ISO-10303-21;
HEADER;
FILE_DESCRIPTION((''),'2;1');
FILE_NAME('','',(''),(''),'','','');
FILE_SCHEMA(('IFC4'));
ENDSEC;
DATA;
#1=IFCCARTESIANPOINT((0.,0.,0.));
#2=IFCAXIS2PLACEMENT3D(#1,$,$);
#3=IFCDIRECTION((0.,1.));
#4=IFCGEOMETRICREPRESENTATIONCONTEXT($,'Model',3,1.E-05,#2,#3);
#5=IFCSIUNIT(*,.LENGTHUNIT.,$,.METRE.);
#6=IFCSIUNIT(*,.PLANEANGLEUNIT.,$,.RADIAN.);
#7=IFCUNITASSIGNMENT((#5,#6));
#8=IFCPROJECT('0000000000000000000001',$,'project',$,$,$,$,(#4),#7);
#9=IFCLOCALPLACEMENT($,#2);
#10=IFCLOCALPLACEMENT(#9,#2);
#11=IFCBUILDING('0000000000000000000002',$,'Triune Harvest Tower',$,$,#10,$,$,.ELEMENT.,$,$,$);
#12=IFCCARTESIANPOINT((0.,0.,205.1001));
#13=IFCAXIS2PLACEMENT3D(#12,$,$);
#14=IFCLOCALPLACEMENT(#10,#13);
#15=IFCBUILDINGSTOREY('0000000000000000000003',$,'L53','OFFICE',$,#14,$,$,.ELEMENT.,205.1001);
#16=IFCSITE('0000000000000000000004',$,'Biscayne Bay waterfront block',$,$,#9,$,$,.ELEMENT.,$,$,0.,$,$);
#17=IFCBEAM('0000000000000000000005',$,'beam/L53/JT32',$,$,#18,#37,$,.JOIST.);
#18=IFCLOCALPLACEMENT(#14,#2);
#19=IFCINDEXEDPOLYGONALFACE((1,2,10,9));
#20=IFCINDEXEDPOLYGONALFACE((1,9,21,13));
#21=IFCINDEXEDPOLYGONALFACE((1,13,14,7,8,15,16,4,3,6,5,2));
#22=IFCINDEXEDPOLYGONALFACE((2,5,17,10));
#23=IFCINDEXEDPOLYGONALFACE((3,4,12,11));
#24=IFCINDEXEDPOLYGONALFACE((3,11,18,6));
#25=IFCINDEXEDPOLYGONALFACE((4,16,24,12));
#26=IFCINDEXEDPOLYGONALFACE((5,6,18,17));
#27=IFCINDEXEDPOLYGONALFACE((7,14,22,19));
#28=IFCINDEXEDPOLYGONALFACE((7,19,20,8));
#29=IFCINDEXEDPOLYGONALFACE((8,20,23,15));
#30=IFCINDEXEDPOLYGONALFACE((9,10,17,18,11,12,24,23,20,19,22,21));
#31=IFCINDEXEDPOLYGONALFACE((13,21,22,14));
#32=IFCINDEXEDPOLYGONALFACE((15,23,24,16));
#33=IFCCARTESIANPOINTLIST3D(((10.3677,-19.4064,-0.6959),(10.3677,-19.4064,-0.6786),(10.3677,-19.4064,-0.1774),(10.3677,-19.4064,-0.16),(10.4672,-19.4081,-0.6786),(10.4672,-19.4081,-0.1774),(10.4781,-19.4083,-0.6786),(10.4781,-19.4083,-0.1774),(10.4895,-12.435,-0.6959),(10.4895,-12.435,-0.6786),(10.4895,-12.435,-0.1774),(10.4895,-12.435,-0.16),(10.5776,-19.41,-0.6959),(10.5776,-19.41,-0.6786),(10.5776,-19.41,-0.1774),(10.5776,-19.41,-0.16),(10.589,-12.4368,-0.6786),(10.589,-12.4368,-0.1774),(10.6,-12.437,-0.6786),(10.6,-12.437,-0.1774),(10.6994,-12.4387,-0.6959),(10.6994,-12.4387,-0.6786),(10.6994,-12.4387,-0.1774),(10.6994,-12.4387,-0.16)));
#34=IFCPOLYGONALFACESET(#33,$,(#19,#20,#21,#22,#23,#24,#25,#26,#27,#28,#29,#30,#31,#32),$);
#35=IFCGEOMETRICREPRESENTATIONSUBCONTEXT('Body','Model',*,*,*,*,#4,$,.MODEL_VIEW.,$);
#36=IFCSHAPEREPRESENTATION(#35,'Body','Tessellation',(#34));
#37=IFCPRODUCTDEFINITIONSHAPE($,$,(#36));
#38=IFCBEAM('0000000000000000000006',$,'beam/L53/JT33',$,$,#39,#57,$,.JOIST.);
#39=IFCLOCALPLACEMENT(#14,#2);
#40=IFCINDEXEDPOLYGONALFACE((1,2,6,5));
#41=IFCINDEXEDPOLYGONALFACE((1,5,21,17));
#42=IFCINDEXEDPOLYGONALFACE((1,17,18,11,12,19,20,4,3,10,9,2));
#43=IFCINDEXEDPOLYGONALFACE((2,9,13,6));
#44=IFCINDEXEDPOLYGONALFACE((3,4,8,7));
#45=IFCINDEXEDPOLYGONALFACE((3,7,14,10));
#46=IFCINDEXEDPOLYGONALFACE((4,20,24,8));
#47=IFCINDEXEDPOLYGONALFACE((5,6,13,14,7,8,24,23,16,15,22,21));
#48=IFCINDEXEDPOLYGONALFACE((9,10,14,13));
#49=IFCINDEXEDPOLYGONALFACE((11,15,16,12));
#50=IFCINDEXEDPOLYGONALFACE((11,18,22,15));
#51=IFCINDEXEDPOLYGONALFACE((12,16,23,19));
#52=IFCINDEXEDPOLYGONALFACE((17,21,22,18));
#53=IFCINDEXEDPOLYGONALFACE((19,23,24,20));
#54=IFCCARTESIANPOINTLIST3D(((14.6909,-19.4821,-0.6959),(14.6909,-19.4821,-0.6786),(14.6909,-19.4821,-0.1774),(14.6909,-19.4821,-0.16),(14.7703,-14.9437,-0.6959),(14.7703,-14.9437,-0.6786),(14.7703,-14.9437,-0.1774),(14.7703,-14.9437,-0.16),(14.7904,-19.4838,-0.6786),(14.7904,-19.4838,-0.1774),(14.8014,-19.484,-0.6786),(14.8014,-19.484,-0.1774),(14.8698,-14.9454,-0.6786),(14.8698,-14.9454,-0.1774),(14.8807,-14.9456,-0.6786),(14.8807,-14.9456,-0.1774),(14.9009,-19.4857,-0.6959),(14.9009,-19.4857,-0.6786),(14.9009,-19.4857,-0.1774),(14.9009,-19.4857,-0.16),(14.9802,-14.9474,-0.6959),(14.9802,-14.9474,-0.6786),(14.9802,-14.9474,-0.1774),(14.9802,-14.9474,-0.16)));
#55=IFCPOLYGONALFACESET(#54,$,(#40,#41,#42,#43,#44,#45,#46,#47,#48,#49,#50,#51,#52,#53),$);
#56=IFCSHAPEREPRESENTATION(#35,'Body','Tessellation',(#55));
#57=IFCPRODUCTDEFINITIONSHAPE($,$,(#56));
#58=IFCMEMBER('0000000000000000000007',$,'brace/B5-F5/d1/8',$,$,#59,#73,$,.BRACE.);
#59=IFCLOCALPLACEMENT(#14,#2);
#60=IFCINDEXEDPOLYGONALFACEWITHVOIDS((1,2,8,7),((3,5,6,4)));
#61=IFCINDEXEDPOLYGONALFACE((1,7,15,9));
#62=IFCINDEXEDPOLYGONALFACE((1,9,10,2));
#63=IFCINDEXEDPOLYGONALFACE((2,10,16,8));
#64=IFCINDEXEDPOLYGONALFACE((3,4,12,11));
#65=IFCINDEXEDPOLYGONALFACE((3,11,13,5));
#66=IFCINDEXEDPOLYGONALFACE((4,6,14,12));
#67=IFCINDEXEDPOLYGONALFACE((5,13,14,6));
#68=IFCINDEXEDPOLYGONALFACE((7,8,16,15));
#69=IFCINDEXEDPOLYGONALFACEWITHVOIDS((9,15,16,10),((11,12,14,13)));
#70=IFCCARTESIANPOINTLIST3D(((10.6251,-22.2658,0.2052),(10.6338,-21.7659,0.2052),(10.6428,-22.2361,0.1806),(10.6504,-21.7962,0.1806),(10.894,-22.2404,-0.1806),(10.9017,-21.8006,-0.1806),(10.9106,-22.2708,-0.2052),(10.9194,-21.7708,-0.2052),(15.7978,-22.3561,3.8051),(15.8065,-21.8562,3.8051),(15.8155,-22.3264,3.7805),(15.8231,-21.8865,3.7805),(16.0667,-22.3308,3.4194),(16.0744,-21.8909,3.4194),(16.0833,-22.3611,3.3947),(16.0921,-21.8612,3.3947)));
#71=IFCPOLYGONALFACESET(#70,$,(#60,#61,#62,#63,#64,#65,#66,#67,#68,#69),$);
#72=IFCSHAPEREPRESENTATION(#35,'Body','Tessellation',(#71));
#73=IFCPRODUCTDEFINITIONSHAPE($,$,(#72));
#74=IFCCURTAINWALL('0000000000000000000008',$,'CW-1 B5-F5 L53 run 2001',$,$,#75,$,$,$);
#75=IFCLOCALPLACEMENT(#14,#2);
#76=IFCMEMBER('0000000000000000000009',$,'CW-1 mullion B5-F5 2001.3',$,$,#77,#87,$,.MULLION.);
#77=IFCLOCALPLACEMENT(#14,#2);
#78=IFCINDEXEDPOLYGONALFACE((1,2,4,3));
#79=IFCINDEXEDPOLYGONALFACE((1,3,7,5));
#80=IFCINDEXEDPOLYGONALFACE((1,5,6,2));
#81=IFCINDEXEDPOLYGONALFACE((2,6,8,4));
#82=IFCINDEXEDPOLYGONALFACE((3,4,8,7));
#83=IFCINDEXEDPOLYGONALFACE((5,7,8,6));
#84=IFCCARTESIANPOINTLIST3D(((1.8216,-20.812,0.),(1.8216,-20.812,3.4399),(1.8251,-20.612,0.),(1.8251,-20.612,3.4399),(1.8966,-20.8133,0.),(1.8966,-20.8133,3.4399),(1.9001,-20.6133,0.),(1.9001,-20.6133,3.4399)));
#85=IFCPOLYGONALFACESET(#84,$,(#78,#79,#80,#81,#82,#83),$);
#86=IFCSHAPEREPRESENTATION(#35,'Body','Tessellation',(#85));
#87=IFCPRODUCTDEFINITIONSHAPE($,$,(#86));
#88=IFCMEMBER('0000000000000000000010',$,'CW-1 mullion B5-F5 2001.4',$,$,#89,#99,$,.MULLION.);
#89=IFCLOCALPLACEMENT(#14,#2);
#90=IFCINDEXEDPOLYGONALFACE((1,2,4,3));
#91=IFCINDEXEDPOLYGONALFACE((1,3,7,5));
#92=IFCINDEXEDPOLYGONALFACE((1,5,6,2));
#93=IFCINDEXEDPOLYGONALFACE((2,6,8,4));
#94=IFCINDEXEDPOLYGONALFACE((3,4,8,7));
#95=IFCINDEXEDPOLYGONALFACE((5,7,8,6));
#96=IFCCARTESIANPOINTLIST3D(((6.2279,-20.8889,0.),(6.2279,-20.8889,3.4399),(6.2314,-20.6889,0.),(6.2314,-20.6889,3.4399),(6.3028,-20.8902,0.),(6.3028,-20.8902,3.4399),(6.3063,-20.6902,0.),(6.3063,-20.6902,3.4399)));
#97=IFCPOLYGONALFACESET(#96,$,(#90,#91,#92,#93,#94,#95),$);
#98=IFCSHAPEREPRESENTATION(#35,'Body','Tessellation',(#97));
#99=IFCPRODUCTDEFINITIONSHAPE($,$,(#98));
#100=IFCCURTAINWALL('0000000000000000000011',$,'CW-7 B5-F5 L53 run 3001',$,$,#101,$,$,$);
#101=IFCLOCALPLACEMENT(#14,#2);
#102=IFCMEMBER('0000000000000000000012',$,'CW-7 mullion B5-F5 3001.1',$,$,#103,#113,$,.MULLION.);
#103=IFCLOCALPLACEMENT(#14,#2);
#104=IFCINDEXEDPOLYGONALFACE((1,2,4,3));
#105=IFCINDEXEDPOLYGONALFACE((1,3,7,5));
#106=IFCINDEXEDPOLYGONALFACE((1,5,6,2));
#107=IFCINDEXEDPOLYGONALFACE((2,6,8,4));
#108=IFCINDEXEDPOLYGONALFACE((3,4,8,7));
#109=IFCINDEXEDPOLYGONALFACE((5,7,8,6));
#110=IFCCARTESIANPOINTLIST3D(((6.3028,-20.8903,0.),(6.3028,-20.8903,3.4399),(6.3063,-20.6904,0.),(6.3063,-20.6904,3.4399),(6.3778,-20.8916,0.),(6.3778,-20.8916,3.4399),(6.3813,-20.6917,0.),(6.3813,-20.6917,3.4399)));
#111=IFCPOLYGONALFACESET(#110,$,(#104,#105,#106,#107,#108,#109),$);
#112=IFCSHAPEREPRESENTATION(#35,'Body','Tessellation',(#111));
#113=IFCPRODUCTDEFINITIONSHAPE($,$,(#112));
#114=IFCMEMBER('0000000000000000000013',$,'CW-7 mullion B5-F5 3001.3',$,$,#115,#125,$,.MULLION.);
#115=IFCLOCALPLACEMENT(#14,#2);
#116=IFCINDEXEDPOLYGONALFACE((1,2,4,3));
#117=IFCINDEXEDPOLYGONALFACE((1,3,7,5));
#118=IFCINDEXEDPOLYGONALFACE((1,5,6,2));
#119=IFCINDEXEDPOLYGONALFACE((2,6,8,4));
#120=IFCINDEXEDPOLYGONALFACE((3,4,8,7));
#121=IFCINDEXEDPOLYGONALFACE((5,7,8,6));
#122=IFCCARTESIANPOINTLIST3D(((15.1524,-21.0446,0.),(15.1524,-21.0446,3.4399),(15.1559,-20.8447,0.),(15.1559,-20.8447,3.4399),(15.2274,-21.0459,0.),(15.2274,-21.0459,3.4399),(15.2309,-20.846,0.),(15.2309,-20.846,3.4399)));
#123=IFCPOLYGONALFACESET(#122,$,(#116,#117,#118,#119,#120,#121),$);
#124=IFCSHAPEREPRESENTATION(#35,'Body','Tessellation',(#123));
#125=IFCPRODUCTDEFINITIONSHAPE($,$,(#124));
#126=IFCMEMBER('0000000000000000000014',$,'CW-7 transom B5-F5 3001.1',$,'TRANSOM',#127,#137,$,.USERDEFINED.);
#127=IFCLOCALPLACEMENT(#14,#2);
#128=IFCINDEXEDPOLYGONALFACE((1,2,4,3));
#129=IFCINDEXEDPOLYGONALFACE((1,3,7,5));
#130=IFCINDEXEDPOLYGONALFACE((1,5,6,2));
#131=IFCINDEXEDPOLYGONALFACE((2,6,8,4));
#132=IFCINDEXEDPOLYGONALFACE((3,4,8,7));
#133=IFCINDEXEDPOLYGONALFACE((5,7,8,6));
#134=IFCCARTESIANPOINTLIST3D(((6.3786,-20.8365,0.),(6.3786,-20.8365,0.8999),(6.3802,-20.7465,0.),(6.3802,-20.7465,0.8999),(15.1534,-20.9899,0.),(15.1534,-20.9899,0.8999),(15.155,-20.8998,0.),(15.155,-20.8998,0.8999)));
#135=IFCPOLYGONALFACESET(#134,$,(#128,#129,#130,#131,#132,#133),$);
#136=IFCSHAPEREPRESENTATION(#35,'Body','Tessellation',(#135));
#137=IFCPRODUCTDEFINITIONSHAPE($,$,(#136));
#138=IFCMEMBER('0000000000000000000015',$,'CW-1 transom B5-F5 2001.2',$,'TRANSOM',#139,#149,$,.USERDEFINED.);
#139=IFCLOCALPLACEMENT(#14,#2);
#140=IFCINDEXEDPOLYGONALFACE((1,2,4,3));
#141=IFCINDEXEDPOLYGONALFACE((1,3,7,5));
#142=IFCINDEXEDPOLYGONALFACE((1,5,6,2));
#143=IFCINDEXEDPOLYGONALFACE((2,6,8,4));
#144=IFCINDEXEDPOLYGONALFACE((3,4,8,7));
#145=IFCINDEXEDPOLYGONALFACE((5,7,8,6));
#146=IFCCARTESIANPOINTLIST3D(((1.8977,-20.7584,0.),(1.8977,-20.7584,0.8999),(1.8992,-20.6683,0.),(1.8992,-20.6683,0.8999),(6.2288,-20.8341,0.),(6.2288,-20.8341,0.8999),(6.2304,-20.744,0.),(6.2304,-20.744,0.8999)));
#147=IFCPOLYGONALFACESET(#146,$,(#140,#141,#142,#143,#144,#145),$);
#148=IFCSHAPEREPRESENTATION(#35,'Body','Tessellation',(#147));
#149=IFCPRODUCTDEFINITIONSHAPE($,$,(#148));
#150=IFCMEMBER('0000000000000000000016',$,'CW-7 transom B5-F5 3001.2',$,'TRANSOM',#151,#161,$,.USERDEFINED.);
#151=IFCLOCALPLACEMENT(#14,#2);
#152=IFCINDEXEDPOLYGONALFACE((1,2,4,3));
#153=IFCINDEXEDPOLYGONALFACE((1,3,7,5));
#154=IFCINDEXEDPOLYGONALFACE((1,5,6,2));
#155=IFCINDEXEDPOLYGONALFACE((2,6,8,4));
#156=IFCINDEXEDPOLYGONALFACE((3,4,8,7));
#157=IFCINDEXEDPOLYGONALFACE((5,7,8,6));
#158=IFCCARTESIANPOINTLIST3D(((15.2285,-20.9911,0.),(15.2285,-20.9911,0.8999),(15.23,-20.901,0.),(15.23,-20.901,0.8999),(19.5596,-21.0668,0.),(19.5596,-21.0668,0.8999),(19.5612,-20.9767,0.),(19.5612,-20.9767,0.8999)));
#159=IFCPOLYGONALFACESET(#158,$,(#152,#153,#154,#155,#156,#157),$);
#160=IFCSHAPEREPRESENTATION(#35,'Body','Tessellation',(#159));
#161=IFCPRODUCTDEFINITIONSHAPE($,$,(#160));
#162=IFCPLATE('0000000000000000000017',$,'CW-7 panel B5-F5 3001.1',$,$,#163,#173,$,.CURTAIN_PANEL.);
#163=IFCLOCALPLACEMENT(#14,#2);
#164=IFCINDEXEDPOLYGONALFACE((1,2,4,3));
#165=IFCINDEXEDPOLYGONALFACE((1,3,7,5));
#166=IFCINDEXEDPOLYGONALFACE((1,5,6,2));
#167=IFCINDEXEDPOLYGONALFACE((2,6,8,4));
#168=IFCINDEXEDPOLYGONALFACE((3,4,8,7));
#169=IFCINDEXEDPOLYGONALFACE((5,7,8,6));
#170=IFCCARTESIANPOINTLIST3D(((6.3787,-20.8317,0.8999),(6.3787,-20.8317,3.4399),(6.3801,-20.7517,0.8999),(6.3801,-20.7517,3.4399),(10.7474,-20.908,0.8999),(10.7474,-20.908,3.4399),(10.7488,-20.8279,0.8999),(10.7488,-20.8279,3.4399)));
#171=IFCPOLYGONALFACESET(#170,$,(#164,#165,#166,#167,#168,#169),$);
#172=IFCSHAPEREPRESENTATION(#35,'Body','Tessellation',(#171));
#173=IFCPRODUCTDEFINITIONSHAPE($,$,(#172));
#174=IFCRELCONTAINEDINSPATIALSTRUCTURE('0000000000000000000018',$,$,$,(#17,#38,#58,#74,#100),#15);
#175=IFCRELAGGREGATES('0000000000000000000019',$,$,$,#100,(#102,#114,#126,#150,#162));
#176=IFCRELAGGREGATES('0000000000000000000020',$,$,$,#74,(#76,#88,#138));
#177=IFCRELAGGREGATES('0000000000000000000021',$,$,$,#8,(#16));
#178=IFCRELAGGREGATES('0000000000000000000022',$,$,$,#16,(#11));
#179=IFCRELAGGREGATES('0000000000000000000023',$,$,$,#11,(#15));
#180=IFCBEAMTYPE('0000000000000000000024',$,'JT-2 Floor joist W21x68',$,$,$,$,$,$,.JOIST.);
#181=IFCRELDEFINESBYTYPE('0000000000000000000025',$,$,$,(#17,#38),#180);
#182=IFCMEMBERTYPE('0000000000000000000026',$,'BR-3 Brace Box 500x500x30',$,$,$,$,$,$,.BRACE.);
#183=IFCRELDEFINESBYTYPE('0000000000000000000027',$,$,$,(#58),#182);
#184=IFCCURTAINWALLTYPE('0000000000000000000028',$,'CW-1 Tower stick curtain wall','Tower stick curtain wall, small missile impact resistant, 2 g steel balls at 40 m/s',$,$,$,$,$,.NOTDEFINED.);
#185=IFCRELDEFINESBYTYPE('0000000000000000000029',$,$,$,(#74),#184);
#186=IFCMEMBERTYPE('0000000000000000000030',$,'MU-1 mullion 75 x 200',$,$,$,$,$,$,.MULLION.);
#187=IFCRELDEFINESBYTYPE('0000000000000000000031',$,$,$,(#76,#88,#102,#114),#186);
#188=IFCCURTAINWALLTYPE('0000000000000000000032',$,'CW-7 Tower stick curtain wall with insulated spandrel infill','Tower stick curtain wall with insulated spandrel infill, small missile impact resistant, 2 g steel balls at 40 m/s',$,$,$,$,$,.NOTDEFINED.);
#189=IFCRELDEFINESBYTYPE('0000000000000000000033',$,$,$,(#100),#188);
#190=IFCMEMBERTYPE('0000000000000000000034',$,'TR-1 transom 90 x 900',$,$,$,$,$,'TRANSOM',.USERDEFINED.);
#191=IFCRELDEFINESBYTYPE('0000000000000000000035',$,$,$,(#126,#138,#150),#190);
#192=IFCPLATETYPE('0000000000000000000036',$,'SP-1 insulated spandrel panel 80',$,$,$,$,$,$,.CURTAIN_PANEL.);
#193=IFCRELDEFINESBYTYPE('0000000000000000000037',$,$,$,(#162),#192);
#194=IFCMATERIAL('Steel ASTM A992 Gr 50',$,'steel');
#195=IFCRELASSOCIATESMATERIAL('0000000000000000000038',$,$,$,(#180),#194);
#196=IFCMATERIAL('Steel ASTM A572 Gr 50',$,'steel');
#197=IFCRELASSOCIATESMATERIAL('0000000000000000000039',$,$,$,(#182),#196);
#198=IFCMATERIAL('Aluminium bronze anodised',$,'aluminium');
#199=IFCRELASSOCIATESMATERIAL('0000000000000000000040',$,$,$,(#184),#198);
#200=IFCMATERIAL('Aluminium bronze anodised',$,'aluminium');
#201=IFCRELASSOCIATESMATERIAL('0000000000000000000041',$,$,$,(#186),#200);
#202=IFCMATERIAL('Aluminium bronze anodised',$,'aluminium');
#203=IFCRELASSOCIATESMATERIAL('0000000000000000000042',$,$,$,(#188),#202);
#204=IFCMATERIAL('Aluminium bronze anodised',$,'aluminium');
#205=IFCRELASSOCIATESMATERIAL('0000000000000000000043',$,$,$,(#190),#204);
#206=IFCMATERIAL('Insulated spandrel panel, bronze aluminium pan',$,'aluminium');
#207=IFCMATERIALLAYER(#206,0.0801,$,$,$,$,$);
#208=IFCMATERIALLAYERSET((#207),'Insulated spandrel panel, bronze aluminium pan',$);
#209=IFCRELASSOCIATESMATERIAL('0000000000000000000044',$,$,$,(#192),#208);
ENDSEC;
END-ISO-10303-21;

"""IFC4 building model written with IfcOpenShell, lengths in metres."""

from ifc_helpers import new_model, si_unit, direction, frame, origin, origin_2d, place, context, subcontext, project, spatial, rectangle, hollow_rectangle, i_section, extrude, source, transform, mapped, material, layer, layer_set, material_profile, profile_set, type_object, element, aggregate, save


model = new_model("IFC4")

# Units and contexts
model_context = context("Model", 3, precision=1e-05, world=origin(), true_north=direction((0.0, 1.0)))
body_context = subcontext(model_context, "Body", "Model", "MODEL_VIEW")
ifc_project = project(units=[si_unit("LENGTHUNIT", "METRE"), si_unit("PLANEANGLEUNIT", "RADIAN")], contexts=[model_context])

# Site, building, storey
site_placement = place(None, origin())
site = spatial("IfcSite", under=ifc_project, at=site_placement, Name="Biscayne Bay waterfront block", CompositionType="ELEMENT", RefElevation=0.0)
building_placement = place(site_placement, origin())
building = spatial("IfcBuilding", under=site, at=building_placement, Name="Triune Harvest Tower", CompositionType="ELEMENT")
storey_placement = place(building_placement, frame((0.0, 0.0, 205.1001)))
storey = spatial("IfcBuildingStorey", under=building, at=storey_placement, Name="L53", Description="OFFICE", CompositionType="ELEMENT", Elevation=205.1001)

# Beams
ifc_material_1 = material(Name="Steel ASTM A992 Gr 50", Category="steel")
ifc_material_profile_1 = material_profile(ifc_material_1, i_section(OverallWidth=0.21, OverallDepth=0.5359, WebThickness=0.011, FlangeThickness=0.0173, at=origin_2d()), Name="W21x68")
ifc_profile_set_1 = profile_set([ifc_material_profile_1], Name="Steel ASTM A992 Gr 50")
beam_type_1 = type_object("IfcBeamType", Name="JT-2 Floor joist W21x68", PredefinedType="JOIST", material=ifc_profile_set_1)
shared_shape_1 = source(origin(), body_context, "Body", "SweptSolid", [
    extrude(i_section(OverallWidth=0.21, OverallDepth=0.5359, WebThickness=0.011, FlangeThickness=0.0173, at=origin_2d()), origin(), (0.0, 0.0, 1.0), 6.9724),
])
beam_1_placement = place(storey_placement, frame((10.4727, -19.4082, -0.428), z_axis=(0.017472, 0.999847, 0.0), x_axis=(-0.999847, 0.017472, 0.0)))
element("IfcBeam", 1, at=beam_1_placement, inside=storey, type_object=beam_type_1, Name="beam/L53/JT32", PredefinedType="JOIST", context=body_context, shape_type="MappedRepresentation", body=[
    mapped(shared_shape_1, transform((0.0, 0.0, 0.0), scale=1.0)),
])
shared_shape_2 = source(origin(), body_context, "Body", "SweptSolid", [
    extrude(i_section(OverallWidth=0.21, OverallDepth=0.5359, WebThickness=0.011, FlangeThickness=0.0173, at=origin_2d()), origin(), (0.0, 0.0, 1.0), 4.5391),
])
beam_2_placement = place(storey_placement, frame((14.7959, -19.4839, -0.428), z_axis=(0.017481, 0.999847, 0.0), x_axis=(-0.999847, 0.017481, 0.0)))
element("IfcBeam", 2, at=beam_2_placement, inside=storey, type_object=beam_type_1, Name="beam/L53/JT33", PredefinedType="JOIST", context=body_context, shape_type="MappedRepresentation", body=[
    mapped(shared_shape_2, transform((0.0, 0.0, 0.0), scale=1.0)),
])

# Member
ifc_material_2 = material(Name="Steel ASTM A572 Gr 50", Category="steel")
ifc_material_profile_2 = material_profile(ifc_material_2, hollow_rectangle(XDim=0.5, YDim=0.5, WallThickness=0.03, at=origin_2d()), Name="Box 500x500x30")
ifc_profile_set_2 = profile_set([ifc_material_profile_2], Name="Steel ASTM A572 Gr 50")
member_type_1 = type_object("IfcMemberType", Name="BR-3 Brace Box 500x500x30", PredefinedType="BRACE", material=ifc_profile_set_2)
shared_shape_3 = source(origin(), body_context, "Body", "SweptSolid", [
    extrude(hollow_rectangle(XDim=0.5, YDim=0.5, WallThickness=0.03, at=origin_2d()), origin(), (0.0, 0.0, 1.0), 6.3027),
])
member_1_placement = place(storey_placement, frame((10.7722, -22.0183, 0.0), z_axis=(0.820708, -0.014332, 0.571168), x_axis=(0.017461, 0.999848, 0.0)))
element("IfcMember", 3, at=member_1_placement, inside=storey, type_object=member_type_1, Name="brace/B5-F5/d1/8", PredefinedType="BRACE", context=body_context, shape_type="MappedRepresentation", body=[
    mapped(shared_shape_3, transform((0.0, 0.0, 0.0), scale=1.0)),
])

# Curtain walls, members
ifc_material_3 = material(Name="Aluminium bronze anodised", Category="aluminium")
curtain_wall_type_1 = type_object("IfcCurtainWallType", Name="CW-1 Tower stick curtain wall", Description="Tower stick curtain wall, small missile impact resistant, 2 g steel balls at 40 m/s", PredefinedType="NOTDEFINED", material=ifc_material_3)
curtain_wall_1_placement = place(storey_placement, origin())
curtain_wall_1 = element("IfcCurtainWall", 4, at=curtain_wall_1_placement, inside=storey, type_object=curtain_wall_type_1, Name="CW-1 B5-F5 L53 run 2001")
ifc_material_4 = material(Name="Aluminium bronze anodised", Category="aluminium")
ifc_material_profile_3 = material_profile(ifc_material_4, rectangle(XDim=0.2, YDim=0.075, at=origin_2d()), Name="MU-1 mullion 75 x 200")
ifc_profile_set_3 = profile_set([ifc_material_profile_3], Name="Aluminium bronze anodised")
member_type_2 = type_object("IfcMemberType", Name="MU-1 mullion 75 x 200", PredefinedType="MULLION", material=ifc_profile_set_3)
shared_shape_4 = source(origin(), body_context, "Body", "SweptSolid", [
    extrude(rectangle(XDim=0.2, YDim=0.075, at=origin_2d()), origin(), (0.0, 0.0, 1.0), 3.4399),
])
member_2_placement = place(storey_placement, frame((1.8608, -20.7126, 0.0), z_axis=(0.0, 0.0, 1.0), x_axis=(0.017453, 0.999848, 0.0)))
member_2 = element("IfcMember", 5, at=member_2_placement, type_object=member_type_2, Name="CW-1 mullion B5-F5 2001.3", PredefinedType="MULLION", context=body_context, shape_type="MappedRepresentation", body=[
    mapped(shared_shape_4, transform((0.0, 0.0, 0.0), scale=1.0)),
])
member_3_placement = place(storey_placement, frame((6.2671, -20.7896, 0.0), z_axis=(0.0, 0.0, 1.0), x_axis=(0.017453, 0.999848, 0.0)))
member_3 = element("IfcMember", 6, at=member_3_placement, type_object=member_type_2, Name="CW-1 mullion B5-F5 2001.4", PredefinedType="MULLION", context=body_context, shape_type="MappedRepresentation", body=[
    mapped(shared_shape_4, transform((0.0, 0.0, 0.0), scale=1.0)),
])
ifc_material_5 = material(Name="Aluminium bronze anodised", Category="aluminium")
curtain_wall_type_2 = type_object("IfcCurtainWallType", Name="CW-7 Tower stick curtain wall with insulated spandrel infill", Description="Tower stick curtain wall with insulated spandrel infill, small missile impact resistant, 2 g steel balls at 40 m/s", PredefinedType="NOTDEFINED", material=ifc_material_5)
curtain_wall_2_placement = place(storey_placement, origin())
curtain_wall_2 = element("IfcCurtainWall", 7, at=curtain_wall_2_placement, inside=storey, type_object=curtain_wall_type_2, Name="CW-7 B5-F5 L53 run 3001")
member_4_placement = place(storey_placement, frame((6.342, -20.791, 0.0), z_axis=(0.0, 0.0, 1.0), x_axis=(0.017453, 0.999848, 0.0)))
member_4 = element("IfcMember", 8, at=member_4_placement, type_object=member_type_2, Name="CW-7 mullion B5-F5 3001.1", PredefinedType="MULLION", context=body_context, shape_type="MappedRepresentation", body=[
    mapped(shared_shape_4, transform((0.0, 0.0, 0.0), scale=1.0)),
])
member_5_placement = place(storey_placement, frame((15.1917, -20.9453, 0.0), z_axis=(0.0, 0.0, 1.0), x_axis=(0.017453, 0.999848, 0.0)))
member_5 = element("IfcMember", 9, at=member_5_placement, type_object=member_type_2, Name="CW-7 mullion B5-F5 3001.3", PredefinedType="MULLION", context=body_context, shape_type="MappedRepresentation", body=[
    mapped(shared_shape_4, transform((0.0, 0.0, 0.0), scale=1.0)),
])
ifc_material_6 = material(Name="Aluminium bronze anodised", Category="aluminium")
ifc_material_profile_4 = material_profile(ifc_material_6, rectangle(XDim=0.0901, YDim=0.8999, at=origin_2d()), Name="TR-1 transom 90 x 900")
ifc_profile_set_4 = profile_set([ifc_material_profile_4], Name="Aluminium bronze anodised")
member_type_3 = type_object("IfcMemberType", Name="TR-1 transom 90 x 900", ElementType="TRANSOM", PredefinedType="USERDEFINED", material=ifc_profile_set_4)
shared_shape_5 = source(origin(), body_context, "Body", "SweptSolid", [
    extrude(rectangle(XDim=0.0901, YDim=0.8999, at=origin_2d()), origin(), (0.0, 0.0, 1.0), 8.7761),
])
member_6_placement = place(storey_placement, frame((6.3794, -20.7915, 0.45), z_axis=(0.999847, -0.01747, 0.0), x_axis=(0.01747, 0.999847, 0.0)))
member_6 = element("IfcMember", 10, at=member_6_placement, type_object=member_type_3, Name="CW-7 transom B5-F5 3001.1", ObjectType="TRANSOM", PredefinedType="USERDEFINED", context=body_context, shape_type="MappedRepresentation", body=[
    mapped(shared_shape_5, transform((0.0, 0.0, 0.0), scale=1.0)),
])

# Members
shared_shape_6 = source(origin(), body_context, "Body", "SweptSolid", [
    extrude(rectangle(XDim=0.0901, YDim=0.8999, at=origin_2d()), origin(), (0.0, 0.0, 1.0), 4.3318),
])
member_7_placement = place(storey_placement, frame((1.8984, -20.7134, 0.45), z_axis=(0.999847, -0.017472, 0.0), x_axis=(0.017472, 0.999847, 0.0)))
member_7 = element("IfcMember", 11, at=member_7_placement, type_object=member_type_3, Name="CW-1 transom B5-F5 2001.2", ObjectType="TRANSOM", PredefinedType="USERDEFINED", context=body_context, shape_type="MappedRepresentation", body=[
    mapped(shared_shape_6, transform((0.0, 0.0, 0.0), scale=1.0)),
])
member_8_placement = place(storey_placement, frame((15.2292, -20.946, 0.45), z_axis=(0.999847, -0.017472, 0.0), x_axis=(0.017472, 0.999847, 0.0)))
member_8 = element("IfcMember", 12, at=member_8_placement, type_object=member_type_3, Name="CW-7 transom B5-F5 3001.2", ObjectType="TRANSOM", PredefinedType="USERDEFINED", context=body_context, shape_type="MappedRepresentation", body=[
    mapped(shared_shape_6, transform((0.0, 0.0, 0.0), scale=1.0)),
])

# Plate
ifc_material_7 = material(Name="Insulated spandrel panel, bronze aluminium pan", Category="aluminium")
ifc_layer_1 = layer(ifc_material_7, 0.0801)
ifc_layer_set_1 = layer_set([ifc_layer_1], Name="Insulated spandrel panel, bronze aluminium pan")
plate_type_1 = type_object("IfcPlateType", Name="SP-1 insulated spandrel panel 80", PredefinedType="CURTAIN_PANEL", material=ifc_layer_set_1)
shared_shape_7 = source(origin(), body_context, "Body", "SweptSolid", [
    extrude(rectangle(XDim=4.3694, YDim=0.0801, at=origin_2d()), origin(), (0.0, 0.0, 1.0), 2.54),
])
plate_1_placement = place(storey_placement, frame((8.5637, -20.8298, 0.8999), z_axis=(0.0, 0.0, 1.0), x_axis=(0.999848, -0.017453, 0.0)))
plate_1 = element("IfcPlate", 13, at=plate_1_placement, type_object=plate_type_1, Name="CW-7 panel B5-F5 3001.1", PredefinedType="CURTAIN_PANEL", context=body_context, shape_type="MappedRepresentation", body=[
    mapped(shared_shape_7, transform((0.0, 0.0, 0.0), scale=1.0)),
])
aggregate(curtain_wall_2, [member_4, member_5, member_6, member_8, plate_1])
aggregate(curtain_wall_1, [member_2, member_3, member_7])

save(model, "model.ifc")
